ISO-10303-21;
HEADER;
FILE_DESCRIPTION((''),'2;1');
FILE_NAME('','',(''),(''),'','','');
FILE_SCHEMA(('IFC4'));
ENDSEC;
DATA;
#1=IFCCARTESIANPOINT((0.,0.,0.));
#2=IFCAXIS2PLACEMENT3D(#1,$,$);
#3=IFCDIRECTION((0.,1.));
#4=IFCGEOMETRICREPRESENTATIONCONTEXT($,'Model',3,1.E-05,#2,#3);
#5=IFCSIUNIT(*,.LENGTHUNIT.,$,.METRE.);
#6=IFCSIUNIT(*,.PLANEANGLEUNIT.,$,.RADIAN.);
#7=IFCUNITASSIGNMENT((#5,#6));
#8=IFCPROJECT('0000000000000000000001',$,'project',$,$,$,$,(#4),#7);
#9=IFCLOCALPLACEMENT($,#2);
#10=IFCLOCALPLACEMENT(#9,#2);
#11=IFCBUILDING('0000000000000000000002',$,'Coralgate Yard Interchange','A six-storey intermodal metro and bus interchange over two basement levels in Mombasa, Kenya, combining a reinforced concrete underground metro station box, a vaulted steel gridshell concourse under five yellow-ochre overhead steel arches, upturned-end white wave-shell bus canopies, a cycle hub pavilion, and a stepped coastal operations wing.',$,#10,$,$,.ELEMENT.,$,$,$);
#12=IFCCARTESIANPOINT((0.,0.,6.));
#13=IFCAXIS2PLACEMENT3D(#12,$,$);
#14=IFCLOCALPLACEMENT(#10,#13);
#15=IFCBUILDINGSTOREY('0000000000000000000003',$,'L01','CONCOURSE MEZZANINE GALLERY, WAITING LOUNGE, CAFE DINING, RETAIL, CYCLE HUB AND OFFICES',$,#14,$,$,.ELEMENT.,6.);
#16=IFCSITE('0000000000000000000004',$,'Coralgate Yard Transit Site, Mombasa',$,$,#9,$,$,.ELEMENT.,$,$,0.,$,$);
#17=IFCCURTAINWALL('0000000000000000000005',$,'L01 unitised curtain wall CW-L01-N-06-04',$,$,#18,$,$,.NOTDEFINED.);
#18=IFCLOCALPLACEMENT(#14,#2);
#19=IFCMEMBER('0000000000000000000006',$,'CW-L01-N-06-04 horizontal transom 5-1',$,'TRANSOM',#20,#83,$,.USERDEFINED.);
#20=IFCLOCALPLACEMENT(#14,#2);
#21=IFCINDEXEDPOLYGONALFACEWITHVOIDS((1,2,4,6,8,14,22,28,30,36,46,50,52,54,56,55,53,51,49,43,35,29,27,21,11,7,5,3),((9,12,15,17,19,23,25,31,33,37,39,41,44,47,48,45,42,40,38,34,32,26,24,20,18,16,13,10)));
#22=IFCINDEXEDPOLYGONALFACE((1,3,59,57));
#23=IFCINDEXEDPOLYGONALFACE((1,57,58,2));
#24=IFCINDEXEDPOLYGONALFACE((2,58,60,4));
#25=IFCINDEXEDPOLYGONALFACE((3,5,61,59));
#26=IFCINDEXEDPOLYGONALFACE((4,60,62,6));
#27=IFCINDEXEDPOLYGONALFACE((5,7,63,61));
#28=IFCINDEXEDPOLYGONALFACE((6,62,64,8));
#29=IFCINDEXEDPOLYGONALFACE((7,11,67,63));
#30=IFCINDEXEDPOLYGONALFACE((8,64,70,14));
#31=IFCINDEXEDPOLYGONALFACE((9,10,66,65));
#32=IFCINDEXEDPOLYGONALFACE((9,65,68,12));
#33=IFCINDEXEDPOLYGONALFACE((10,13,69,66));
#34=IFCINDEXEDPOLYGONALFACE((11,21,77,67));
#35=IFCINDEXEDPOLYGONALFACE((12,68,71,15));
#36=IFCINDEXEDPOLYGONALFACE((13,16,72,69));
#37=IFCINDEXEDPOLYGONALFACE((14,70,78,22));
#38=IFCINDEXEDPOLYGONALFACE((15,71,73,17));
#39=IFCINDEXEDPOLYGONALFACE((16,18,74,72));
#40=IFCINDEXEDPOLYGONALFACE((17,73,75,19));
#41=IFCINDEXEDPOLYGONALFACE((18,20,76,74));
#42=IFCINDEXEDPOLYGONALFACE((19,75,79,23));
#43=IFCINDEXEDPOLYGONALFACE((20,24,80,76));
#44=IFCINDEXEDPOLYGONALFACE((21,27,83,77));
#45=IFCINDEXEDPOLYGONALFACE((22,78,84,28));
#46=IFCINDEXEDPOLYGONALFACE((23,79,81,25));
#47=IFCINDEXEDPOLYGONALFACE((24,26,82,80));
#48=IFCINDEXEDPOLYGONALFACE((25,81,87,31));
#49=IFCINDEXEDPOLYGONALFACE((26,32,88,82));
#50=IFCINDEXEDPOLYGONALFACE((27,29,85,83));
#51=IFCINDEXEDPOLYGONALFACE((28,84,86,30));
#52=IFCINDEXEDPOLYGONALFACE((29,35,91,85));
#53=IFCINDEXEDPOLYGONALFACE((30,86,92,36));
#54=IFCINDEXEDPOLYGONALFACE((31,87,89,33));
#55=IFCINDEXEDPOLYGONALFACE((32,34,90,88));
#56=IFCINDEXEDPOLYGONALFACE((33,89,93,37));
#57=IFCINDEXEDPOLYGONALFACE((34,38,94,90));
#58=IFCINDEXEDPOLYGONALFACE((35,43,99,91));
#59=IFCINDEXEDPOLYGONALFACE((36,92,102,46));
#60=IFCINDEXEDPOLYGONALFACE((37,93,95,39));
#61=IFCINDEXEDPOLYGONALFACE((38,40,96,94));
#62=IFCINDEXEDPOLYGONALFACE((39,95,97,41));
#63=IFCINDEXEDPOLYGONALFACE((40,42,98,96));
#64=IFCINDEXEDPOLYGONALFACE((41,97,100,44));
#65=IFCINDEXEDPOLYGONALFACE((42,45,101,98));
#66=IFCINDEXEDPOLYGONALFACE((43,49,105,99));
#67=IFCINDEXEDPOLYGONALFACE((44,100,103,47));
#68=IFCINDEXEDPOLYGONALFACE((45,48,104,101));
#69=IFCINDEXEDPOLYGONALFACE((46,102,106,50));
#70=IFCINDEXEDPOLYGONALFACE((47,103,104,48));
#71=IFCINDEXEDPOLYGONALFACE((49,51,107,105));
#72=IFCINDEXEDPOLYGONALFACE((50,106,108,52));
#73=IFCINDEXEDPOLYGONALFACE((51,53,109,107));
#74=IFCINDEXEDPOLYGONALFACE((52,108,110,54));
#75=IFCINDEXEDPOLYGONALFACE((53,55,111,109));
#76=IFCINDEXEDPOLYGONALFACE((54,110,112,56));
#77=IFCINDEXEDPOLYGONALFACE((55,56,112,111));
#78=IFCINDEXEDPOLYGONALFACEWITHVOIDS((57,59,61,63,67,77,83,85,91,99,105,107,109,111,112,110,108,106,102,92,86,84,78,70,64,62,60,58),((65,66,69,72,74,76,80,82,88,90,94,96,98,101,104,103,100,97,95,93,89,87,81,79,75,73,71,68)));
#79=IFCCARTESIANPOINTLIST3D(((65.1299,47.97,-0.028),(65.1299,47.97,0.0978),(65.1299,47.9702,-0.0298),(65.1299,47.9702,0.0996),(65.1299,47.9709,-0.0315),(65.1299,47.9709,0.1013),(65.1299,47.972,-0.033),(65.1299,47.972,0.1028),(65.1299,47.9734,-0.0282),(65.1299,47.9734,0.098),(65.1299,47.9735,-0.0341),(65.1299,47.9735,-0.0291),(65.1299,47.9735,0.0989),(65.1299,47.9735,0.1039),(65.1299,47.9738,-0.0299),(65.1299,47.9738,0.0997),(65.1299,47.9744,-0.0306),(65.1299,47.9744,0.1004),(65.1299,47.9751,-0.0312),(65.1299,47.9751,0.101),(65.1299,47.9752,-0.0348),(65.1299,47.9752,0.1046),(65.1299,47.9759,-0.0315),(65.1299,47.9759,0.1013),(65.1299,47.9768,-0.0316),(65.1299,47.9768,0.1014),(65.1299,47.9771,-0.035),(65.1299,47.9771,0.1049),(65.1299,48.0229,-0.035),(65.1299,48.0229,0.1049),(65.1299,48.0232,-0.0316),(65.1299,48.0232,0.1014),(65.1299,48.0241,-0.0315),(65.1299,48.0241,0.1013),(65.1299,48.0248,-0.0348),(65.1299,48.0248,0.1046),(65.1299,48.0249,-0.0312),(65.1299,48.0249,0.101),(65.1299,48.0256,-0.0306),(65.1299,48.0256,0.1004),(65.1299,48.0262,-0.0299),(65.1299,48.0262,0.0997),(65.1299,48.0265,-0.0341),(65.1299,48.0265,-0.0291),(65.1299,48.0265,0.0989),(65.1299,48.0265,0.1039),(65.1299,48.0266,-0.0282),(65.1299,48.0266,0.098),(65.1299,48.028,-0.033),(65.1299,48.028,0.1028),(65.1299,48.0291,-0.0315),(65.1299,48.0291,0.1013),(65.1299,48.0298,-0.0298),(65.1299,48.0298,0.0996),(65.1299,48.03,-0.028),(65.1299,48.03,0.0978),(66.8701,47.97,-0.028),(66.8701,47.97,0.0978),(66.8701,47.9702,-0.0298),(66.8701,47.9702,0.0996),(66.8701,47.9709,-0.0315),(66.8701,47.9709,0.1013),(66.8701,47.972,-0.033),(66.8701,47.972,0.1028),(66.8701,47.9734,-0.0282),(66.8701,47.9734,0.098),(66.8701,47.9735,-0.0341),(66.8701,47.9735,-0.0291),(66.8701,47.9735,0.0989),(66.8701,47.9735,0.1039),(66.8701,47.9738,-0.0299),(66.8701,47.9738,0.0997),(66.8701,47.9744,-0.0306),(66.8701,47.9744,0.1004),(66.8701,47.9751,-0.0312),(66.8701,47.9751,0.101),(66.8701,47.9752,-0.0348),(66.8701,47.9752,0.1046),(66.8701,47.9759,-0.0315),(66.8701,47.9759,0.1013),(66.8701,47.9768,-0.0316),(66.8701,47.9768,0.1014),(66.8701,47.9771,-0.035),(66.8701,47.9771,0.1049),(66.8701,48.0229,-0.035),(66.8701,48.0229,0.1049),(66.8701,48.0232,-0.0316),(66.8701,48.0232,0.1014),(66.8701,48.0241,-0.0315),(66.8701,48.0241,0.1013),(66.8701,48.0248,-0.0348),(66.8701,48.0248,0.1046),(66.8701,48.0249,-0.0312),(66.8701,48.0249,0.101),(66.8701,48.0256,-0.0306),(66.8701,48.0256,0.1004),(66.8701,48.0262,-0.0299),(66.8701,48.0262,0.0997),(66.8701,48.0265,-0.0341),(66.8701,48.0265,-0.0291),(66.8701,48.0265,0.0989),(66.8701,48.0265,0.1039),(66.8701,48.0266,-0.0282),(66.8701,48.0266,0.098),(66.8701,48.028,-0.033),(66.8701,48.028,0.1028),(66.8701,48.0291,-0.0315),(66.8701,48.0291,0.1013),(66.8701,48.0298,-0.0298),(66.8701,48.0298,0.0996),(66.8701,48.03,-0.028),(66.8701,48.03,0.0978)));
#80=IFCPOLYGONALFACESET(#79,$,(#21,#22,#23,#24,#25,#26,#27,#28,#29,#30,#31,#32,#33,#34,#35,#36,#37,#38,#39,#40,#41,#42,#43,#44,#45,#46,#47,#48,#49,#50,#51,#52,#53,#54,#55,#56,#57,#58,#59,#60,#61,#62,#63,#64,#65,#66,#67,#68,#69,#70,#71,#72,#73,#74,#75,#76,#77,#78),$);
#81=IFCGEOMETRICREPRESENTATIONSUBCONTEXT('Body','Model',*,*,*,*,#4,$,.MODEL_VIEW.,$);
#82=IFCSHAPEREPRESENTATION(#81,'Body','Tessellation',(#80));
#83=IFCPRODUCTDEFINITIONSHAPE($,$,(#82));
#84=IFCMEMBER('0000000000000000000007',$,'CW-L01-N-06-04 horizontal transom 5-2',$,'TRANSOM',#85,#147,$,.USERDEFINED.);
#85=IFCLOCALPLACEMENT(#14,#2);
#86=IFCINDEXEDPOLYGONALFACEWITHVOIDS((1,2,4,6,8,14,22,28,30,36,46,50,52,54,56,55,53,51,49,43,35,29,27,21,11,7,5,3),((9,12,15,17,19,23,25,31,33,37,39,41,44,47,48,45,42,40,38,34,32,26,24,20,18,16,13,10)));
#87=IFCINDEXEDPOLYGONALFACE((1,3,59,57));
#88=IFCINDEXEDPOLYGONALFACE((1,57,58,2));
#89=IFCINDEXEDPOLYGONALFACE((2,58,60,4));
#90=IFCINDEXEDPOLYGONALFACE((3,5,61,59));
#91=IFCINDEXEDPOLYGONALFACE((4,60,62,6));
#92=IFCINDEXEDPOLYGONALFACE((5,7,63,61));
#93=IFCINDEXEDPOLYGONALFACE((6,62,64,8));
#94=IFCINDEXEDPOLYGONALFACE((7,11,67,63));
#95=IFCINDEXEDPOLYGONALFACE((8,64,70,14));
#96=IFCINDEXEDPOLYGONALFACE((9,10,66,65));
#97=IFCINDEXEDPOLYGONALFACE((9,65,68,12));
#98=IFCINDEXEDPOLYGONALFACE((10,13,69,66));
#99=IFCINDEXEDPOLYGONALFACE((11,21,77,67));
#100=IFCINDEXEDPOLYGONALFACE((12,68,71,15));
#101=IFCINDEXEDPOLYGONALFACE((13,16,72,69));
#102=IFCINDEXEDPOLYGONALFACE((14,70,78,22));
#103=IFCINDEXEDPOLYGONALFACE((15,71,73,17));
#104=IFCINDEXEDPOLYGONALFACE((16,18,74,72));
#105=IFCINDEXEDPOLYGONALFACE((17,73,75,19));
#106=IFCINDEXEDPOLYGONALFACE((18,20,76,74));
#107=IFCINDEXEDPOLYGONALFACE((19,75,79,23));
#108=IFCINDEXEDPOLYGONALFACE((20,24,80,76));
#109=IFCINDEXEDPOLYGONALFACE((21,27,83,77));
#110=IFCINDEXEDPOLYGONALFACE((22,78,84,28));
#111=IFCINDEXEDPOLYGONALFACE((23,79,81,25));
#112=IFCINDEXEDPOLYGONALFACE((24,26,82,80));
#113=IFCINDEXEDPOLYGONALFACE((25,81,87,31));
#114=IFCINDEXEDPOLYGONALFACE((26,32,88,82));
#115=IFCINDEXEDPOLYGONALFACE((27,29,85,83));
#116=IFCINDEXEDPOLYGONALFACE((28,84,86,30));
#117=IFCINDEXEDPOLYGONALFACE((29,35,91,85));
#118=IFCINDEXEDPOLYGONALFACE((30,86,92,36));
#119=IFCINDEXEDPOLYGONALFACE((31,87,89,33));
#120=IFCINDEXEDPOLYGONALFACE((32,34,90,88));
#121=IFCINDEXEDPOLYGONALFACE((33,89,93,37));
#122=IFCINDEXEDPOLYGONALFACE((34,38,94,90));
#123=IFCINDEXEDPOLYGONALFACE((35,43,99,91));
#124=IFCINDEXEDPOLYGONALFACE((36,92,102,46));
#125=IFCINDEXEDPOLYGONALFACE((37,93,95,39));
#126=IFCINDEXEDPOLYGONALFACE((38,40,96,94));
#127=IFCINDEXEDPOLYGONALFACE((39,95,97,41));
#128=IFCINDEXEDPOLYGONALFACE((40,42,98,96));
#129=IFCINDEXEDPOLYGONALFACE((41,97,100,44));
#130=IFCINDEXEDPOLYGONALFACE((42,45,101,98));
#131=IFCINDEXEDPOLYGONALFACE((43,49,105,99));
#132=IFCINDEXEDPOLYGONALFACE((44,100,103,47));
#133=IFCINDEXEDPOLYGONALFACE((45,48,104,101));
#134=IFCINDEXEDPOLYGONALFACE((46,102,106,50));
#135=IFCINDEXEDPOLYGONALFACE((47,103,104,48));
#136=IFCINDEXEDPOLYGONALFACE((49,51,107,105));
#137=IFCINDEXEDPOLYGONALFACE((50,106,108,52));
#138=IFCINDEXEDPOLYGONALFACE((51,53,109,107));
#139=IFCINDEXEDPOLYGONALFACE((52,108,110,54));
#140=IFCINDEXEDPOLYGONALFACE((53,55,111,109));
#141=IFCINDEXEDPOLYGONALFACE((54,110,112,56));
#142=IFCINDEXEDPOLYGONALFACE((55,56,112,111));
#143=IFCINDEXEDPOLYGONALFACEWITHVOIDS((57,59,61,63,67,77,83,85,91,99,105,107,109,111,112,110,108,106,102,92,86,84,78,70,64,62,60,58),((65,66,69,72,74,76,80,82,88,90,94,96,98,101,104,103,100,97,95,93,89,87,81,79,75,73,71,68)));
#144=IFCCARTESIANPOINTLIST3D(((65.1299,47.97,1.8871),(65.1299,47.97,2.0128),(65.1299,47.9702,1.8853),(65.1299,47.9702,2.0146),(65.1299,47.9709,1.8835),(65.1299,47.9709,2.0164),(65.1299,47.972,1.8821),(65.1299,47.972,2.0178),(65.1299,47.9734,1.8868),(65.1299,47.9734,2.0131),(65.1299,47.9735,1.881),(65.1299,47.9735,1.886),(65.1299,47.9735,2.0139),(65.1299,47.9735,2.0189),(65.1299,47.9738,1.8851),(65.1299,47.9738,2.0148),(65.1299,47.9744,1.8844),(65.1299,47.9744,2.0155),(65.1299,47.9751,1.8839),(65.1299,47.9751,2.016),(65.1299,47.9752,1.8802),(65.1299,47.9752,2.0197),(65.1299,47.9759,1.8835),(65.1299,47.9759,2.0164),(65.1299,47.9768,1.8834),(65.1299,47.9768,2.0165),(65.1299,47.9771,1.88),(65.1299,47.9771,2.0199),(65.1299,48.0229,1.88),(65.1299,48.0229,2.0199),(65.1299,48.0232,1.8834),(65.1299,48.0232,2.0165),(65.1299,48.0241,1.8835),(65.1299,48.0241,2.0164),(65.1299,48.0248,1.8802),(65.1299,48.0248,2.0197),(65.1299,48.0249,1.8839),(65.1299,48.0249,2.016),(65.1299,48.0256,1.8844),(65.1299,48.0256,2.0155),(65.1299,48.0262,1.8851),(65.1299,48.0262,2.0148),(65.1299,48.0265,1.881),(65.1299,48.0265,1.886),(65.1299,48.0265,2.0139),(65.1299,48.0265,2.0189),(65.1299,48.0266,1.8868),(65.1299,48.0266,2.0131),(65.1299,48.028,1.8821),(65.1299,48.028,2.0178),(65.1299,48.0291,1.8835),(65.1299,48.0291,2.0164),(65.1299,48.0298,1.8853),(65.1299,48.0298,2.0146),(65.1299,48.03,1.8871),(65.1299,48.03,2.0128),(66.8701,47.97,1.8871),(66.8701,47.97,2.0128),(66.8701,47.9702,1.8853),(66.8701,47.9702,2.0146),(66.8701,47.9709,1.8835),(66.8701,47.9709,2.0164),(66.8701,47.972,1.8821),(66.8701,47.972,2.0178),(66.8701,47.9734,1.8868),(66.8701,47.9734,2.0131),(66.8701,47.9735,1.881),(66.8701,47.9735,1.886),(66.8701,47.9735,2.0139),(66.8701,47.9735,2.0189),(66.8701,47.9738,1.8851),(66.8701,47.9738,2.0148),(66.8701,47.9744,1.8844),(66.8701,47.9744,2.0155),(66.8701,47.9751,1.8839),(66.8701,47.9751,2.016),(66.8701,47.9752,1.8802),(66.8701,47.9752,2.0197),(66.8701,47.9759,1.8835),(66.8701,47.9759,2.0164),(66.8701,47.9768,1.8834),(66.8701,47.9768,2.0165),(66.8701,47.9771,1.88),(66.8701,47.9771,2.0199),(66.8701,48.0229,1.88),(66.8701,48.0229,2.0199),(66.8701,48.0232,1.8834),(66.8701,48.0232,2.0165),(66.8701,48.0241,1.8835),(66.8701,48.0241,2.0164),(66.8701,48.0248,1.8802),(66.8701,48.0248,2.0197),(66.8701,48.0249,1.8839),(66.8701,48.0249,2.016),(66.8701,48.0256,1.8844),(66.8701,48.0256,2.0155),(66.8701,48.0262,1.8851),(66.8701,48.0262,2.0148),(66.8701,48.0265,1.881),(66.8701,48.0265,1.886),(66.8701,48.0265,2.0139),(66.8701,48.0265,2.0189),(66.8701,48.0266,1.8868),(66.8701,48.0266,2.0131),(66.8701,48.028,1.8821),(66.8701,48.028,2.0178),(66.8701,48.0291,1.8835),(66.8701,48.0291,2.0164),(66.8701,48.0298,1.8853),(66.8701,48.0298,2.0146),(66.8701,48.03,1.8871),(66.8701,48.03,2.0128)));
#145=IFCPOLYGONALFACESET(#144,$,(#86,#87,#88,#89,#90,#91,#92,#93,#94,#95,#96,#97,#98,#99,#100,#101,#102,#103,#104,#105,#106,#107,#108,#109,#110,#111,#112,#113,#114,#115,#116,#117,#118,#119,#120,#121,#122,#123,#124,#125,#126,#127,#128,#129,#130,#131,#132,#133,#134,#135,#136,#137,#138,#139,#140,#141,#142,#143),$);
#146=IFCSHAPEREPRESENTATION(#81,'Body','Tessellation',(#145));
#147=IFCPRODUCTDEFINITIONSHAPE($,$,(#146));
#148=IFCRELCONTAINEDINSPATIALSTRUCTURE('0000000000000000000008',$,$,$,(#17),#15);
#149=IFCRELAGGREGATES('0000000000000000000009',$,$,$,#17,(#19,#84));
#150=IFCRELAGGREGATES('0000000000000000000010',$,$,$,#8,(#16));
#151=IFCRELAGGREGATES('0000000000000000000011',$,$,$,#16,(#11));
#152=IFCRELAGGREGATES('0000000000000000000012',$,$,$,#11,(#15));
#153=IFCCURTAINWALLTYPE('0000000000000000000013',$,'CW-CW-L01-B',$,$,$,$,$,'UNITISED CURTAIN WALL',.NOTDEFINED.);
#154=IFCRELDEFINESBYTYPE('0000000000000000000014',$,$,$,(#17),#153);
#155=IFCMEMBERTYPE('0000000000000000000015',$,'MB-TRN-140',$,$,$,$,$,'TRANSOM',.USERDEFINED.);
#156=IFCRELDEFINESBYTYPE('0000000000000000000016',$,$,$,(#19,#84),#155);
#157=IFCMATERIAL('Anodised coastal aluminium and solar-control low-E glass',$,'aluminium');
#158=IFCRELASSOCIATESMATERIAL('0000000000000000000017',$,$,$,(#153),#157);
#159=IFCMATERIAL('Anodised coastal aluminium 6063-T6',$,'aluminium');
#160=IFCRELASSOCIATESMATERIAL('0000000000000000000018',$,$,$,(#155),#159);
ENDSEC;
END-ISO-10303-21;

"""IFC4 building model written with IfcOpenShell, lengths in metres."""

from ifc_helpers import new_model, si_unit, direction, frame, origin, origin_2d, place, context, subcontext, project, spatial, hollow_rectangle, extrude, material, material_profile, profile_set, type_object, element, aggregate, save


model = new_model("IFC4")

# Units and contexts
model_context = context("Model", 3, precision=1e-05, world=origin(), true_north=direction((0.0, 1.0)))
body_context = subcontext(model_context, "Body", "Model", "MODEL_VIEW")
ifc_project = project(units=[si_unit("LENGTHUNIT", "METRE"), si_unit("PLANEANGLEUNIT", "RADIAN")], contexts=[model_context])

# Site, building, storey
site_placement = place(None, origin())
site = spatial("IfcSite", under=ifc_project, at=site_placement, Name="Coralgate Yard Transit Site, Mombasa", CompositionType="ELEMENT", RefElevation=0.0)
building_placement = place(site_placement, origin())
building = spatial("IfcBuilding", under=site, at=building_placement, Name="Coralgate Yard Interchange", Description="A six-storey intermodal metro and bus interchange over two basement levels in Mombasa, Kenya, combining a reinforced concrete underground metro station box, a vaulted steel gridshell concourse under five yellow-ochre overhead steel arches, upturned-end white wave-shell bus canopies, a cycle hub pavilion, and a stepped coastal operations wing.", CompositionType="ELEMENT")
storey_placement = place(building_placement, frame((0.0, 0.0, 6.0)))
storey = spatial("IfcBuildingStorey", under=building, at=storey_placement, Name="L01", Description="CONCOURSE MEZZANINE GALLERY, WAITING LOUNGE, CAFE DINING, RETAIL, CYCLE HUB AND OFFICES", CompositionType="ELEMENT", Elevation=6.0)

# Curtain wall
ifc_material_1 = material(Name="Anodised coastal aluminium and solar-control low-E glass", Category="aluminium")
curtain_wall_type = type_object("IfcCurtainWallType", Name="CW-CW-L01-B", ElementType="UNITISED CURTAIN WALL", PredefinedType="NOTDEFINED", material=ifc_material_1)
curtain_wall_1_placement = place(storey_placement, origin())
curtain_wall_1 = element("IfcCurtainWall", 1, at=curtain_wall_1_placement, inside=storey, type_object=curtain_wall_type, Name="L01 unitised curtain wall CW-L01-N-06-04", PredefinedType="NOTDEFINED")
ifc_material_2 = material(Name="Anodised coastal aluminium 6063-T6", Category="aluminium")

# Members
ifc_material_profile_1 = material_profile(ifc_material_2, hollow_rectangle(XDim=0.0601, YDim=0.1399, WallThickness=0.0034, InnerFilletRadius=0.0034, OuterFilletRadius=0.0071, at=origin_2d()), Name="ALU 60x140x3.5")
ifc_profile_set_1 = profile_set([ifc_material_profile_1], Name="Anodised coastal aluminium 6063-T6")
member_type_1 = type_object("IfcMemberType", Name="MB-TRN-140", ElementType="TRANSOM", PredefinedType="USERDEFINED", material=ifc_profile_set_1)
member_1_placement = place(storey_placement, frame((65.1299, 48.0, 0.0349), z_axis=(1.0, 0.0, 0.0), x_axis=(0.0, 1.0, 0.0)))
member_1 = element("IfcMember", 2, at=member_1_placement, type_object=member_type_1, Name="CW-L01-N-06-04 horizontal transom 5-1", ObjectType="TRANSOM", PredefinedType="USERDEFINED", context=body_context, shape_type="SweptSolid", body=[
    extrude(hollow_rectangle(XDim=0.0601, YDim=0.1399, WallThickness=0.0034, InnerFilletRadius=0.0034, OuterFilletRadius=0.0071, at=origin_2d()), origin(), (0.0, 0.0, 1.0), 1.7402),
])
member_2_placement = place(storey_placement, frame((65.1299, 48.0, 1.95), z_axis=(1.0, 0.0, 0.0), x_axis=(0.0, 1.0, 0.0)))
member_2 = element("IfcMember", 3, at=member_2_placement, type_object=member_type_1, Name="CW-L01-N-06-04 horizontal transom 5-2", ObjectType="TRANSOM", PredefinedType="USERDEFINED", context=body_context, shape_type="SweptSolid", body=[
    extrude(hollow_rectangle(XDim=0.0601, YDim=0.1399, WallThickness=0.0034, InnerFilletRadius=0.0034, OuterFilletRadius=0.0071, at=origin_2d()), origin(), (0.0, 0.0, 1.0), 1.7402),
])

aggregate(curtain_wall_1, [member_1, member_2])

save(model, "model.ifc")
